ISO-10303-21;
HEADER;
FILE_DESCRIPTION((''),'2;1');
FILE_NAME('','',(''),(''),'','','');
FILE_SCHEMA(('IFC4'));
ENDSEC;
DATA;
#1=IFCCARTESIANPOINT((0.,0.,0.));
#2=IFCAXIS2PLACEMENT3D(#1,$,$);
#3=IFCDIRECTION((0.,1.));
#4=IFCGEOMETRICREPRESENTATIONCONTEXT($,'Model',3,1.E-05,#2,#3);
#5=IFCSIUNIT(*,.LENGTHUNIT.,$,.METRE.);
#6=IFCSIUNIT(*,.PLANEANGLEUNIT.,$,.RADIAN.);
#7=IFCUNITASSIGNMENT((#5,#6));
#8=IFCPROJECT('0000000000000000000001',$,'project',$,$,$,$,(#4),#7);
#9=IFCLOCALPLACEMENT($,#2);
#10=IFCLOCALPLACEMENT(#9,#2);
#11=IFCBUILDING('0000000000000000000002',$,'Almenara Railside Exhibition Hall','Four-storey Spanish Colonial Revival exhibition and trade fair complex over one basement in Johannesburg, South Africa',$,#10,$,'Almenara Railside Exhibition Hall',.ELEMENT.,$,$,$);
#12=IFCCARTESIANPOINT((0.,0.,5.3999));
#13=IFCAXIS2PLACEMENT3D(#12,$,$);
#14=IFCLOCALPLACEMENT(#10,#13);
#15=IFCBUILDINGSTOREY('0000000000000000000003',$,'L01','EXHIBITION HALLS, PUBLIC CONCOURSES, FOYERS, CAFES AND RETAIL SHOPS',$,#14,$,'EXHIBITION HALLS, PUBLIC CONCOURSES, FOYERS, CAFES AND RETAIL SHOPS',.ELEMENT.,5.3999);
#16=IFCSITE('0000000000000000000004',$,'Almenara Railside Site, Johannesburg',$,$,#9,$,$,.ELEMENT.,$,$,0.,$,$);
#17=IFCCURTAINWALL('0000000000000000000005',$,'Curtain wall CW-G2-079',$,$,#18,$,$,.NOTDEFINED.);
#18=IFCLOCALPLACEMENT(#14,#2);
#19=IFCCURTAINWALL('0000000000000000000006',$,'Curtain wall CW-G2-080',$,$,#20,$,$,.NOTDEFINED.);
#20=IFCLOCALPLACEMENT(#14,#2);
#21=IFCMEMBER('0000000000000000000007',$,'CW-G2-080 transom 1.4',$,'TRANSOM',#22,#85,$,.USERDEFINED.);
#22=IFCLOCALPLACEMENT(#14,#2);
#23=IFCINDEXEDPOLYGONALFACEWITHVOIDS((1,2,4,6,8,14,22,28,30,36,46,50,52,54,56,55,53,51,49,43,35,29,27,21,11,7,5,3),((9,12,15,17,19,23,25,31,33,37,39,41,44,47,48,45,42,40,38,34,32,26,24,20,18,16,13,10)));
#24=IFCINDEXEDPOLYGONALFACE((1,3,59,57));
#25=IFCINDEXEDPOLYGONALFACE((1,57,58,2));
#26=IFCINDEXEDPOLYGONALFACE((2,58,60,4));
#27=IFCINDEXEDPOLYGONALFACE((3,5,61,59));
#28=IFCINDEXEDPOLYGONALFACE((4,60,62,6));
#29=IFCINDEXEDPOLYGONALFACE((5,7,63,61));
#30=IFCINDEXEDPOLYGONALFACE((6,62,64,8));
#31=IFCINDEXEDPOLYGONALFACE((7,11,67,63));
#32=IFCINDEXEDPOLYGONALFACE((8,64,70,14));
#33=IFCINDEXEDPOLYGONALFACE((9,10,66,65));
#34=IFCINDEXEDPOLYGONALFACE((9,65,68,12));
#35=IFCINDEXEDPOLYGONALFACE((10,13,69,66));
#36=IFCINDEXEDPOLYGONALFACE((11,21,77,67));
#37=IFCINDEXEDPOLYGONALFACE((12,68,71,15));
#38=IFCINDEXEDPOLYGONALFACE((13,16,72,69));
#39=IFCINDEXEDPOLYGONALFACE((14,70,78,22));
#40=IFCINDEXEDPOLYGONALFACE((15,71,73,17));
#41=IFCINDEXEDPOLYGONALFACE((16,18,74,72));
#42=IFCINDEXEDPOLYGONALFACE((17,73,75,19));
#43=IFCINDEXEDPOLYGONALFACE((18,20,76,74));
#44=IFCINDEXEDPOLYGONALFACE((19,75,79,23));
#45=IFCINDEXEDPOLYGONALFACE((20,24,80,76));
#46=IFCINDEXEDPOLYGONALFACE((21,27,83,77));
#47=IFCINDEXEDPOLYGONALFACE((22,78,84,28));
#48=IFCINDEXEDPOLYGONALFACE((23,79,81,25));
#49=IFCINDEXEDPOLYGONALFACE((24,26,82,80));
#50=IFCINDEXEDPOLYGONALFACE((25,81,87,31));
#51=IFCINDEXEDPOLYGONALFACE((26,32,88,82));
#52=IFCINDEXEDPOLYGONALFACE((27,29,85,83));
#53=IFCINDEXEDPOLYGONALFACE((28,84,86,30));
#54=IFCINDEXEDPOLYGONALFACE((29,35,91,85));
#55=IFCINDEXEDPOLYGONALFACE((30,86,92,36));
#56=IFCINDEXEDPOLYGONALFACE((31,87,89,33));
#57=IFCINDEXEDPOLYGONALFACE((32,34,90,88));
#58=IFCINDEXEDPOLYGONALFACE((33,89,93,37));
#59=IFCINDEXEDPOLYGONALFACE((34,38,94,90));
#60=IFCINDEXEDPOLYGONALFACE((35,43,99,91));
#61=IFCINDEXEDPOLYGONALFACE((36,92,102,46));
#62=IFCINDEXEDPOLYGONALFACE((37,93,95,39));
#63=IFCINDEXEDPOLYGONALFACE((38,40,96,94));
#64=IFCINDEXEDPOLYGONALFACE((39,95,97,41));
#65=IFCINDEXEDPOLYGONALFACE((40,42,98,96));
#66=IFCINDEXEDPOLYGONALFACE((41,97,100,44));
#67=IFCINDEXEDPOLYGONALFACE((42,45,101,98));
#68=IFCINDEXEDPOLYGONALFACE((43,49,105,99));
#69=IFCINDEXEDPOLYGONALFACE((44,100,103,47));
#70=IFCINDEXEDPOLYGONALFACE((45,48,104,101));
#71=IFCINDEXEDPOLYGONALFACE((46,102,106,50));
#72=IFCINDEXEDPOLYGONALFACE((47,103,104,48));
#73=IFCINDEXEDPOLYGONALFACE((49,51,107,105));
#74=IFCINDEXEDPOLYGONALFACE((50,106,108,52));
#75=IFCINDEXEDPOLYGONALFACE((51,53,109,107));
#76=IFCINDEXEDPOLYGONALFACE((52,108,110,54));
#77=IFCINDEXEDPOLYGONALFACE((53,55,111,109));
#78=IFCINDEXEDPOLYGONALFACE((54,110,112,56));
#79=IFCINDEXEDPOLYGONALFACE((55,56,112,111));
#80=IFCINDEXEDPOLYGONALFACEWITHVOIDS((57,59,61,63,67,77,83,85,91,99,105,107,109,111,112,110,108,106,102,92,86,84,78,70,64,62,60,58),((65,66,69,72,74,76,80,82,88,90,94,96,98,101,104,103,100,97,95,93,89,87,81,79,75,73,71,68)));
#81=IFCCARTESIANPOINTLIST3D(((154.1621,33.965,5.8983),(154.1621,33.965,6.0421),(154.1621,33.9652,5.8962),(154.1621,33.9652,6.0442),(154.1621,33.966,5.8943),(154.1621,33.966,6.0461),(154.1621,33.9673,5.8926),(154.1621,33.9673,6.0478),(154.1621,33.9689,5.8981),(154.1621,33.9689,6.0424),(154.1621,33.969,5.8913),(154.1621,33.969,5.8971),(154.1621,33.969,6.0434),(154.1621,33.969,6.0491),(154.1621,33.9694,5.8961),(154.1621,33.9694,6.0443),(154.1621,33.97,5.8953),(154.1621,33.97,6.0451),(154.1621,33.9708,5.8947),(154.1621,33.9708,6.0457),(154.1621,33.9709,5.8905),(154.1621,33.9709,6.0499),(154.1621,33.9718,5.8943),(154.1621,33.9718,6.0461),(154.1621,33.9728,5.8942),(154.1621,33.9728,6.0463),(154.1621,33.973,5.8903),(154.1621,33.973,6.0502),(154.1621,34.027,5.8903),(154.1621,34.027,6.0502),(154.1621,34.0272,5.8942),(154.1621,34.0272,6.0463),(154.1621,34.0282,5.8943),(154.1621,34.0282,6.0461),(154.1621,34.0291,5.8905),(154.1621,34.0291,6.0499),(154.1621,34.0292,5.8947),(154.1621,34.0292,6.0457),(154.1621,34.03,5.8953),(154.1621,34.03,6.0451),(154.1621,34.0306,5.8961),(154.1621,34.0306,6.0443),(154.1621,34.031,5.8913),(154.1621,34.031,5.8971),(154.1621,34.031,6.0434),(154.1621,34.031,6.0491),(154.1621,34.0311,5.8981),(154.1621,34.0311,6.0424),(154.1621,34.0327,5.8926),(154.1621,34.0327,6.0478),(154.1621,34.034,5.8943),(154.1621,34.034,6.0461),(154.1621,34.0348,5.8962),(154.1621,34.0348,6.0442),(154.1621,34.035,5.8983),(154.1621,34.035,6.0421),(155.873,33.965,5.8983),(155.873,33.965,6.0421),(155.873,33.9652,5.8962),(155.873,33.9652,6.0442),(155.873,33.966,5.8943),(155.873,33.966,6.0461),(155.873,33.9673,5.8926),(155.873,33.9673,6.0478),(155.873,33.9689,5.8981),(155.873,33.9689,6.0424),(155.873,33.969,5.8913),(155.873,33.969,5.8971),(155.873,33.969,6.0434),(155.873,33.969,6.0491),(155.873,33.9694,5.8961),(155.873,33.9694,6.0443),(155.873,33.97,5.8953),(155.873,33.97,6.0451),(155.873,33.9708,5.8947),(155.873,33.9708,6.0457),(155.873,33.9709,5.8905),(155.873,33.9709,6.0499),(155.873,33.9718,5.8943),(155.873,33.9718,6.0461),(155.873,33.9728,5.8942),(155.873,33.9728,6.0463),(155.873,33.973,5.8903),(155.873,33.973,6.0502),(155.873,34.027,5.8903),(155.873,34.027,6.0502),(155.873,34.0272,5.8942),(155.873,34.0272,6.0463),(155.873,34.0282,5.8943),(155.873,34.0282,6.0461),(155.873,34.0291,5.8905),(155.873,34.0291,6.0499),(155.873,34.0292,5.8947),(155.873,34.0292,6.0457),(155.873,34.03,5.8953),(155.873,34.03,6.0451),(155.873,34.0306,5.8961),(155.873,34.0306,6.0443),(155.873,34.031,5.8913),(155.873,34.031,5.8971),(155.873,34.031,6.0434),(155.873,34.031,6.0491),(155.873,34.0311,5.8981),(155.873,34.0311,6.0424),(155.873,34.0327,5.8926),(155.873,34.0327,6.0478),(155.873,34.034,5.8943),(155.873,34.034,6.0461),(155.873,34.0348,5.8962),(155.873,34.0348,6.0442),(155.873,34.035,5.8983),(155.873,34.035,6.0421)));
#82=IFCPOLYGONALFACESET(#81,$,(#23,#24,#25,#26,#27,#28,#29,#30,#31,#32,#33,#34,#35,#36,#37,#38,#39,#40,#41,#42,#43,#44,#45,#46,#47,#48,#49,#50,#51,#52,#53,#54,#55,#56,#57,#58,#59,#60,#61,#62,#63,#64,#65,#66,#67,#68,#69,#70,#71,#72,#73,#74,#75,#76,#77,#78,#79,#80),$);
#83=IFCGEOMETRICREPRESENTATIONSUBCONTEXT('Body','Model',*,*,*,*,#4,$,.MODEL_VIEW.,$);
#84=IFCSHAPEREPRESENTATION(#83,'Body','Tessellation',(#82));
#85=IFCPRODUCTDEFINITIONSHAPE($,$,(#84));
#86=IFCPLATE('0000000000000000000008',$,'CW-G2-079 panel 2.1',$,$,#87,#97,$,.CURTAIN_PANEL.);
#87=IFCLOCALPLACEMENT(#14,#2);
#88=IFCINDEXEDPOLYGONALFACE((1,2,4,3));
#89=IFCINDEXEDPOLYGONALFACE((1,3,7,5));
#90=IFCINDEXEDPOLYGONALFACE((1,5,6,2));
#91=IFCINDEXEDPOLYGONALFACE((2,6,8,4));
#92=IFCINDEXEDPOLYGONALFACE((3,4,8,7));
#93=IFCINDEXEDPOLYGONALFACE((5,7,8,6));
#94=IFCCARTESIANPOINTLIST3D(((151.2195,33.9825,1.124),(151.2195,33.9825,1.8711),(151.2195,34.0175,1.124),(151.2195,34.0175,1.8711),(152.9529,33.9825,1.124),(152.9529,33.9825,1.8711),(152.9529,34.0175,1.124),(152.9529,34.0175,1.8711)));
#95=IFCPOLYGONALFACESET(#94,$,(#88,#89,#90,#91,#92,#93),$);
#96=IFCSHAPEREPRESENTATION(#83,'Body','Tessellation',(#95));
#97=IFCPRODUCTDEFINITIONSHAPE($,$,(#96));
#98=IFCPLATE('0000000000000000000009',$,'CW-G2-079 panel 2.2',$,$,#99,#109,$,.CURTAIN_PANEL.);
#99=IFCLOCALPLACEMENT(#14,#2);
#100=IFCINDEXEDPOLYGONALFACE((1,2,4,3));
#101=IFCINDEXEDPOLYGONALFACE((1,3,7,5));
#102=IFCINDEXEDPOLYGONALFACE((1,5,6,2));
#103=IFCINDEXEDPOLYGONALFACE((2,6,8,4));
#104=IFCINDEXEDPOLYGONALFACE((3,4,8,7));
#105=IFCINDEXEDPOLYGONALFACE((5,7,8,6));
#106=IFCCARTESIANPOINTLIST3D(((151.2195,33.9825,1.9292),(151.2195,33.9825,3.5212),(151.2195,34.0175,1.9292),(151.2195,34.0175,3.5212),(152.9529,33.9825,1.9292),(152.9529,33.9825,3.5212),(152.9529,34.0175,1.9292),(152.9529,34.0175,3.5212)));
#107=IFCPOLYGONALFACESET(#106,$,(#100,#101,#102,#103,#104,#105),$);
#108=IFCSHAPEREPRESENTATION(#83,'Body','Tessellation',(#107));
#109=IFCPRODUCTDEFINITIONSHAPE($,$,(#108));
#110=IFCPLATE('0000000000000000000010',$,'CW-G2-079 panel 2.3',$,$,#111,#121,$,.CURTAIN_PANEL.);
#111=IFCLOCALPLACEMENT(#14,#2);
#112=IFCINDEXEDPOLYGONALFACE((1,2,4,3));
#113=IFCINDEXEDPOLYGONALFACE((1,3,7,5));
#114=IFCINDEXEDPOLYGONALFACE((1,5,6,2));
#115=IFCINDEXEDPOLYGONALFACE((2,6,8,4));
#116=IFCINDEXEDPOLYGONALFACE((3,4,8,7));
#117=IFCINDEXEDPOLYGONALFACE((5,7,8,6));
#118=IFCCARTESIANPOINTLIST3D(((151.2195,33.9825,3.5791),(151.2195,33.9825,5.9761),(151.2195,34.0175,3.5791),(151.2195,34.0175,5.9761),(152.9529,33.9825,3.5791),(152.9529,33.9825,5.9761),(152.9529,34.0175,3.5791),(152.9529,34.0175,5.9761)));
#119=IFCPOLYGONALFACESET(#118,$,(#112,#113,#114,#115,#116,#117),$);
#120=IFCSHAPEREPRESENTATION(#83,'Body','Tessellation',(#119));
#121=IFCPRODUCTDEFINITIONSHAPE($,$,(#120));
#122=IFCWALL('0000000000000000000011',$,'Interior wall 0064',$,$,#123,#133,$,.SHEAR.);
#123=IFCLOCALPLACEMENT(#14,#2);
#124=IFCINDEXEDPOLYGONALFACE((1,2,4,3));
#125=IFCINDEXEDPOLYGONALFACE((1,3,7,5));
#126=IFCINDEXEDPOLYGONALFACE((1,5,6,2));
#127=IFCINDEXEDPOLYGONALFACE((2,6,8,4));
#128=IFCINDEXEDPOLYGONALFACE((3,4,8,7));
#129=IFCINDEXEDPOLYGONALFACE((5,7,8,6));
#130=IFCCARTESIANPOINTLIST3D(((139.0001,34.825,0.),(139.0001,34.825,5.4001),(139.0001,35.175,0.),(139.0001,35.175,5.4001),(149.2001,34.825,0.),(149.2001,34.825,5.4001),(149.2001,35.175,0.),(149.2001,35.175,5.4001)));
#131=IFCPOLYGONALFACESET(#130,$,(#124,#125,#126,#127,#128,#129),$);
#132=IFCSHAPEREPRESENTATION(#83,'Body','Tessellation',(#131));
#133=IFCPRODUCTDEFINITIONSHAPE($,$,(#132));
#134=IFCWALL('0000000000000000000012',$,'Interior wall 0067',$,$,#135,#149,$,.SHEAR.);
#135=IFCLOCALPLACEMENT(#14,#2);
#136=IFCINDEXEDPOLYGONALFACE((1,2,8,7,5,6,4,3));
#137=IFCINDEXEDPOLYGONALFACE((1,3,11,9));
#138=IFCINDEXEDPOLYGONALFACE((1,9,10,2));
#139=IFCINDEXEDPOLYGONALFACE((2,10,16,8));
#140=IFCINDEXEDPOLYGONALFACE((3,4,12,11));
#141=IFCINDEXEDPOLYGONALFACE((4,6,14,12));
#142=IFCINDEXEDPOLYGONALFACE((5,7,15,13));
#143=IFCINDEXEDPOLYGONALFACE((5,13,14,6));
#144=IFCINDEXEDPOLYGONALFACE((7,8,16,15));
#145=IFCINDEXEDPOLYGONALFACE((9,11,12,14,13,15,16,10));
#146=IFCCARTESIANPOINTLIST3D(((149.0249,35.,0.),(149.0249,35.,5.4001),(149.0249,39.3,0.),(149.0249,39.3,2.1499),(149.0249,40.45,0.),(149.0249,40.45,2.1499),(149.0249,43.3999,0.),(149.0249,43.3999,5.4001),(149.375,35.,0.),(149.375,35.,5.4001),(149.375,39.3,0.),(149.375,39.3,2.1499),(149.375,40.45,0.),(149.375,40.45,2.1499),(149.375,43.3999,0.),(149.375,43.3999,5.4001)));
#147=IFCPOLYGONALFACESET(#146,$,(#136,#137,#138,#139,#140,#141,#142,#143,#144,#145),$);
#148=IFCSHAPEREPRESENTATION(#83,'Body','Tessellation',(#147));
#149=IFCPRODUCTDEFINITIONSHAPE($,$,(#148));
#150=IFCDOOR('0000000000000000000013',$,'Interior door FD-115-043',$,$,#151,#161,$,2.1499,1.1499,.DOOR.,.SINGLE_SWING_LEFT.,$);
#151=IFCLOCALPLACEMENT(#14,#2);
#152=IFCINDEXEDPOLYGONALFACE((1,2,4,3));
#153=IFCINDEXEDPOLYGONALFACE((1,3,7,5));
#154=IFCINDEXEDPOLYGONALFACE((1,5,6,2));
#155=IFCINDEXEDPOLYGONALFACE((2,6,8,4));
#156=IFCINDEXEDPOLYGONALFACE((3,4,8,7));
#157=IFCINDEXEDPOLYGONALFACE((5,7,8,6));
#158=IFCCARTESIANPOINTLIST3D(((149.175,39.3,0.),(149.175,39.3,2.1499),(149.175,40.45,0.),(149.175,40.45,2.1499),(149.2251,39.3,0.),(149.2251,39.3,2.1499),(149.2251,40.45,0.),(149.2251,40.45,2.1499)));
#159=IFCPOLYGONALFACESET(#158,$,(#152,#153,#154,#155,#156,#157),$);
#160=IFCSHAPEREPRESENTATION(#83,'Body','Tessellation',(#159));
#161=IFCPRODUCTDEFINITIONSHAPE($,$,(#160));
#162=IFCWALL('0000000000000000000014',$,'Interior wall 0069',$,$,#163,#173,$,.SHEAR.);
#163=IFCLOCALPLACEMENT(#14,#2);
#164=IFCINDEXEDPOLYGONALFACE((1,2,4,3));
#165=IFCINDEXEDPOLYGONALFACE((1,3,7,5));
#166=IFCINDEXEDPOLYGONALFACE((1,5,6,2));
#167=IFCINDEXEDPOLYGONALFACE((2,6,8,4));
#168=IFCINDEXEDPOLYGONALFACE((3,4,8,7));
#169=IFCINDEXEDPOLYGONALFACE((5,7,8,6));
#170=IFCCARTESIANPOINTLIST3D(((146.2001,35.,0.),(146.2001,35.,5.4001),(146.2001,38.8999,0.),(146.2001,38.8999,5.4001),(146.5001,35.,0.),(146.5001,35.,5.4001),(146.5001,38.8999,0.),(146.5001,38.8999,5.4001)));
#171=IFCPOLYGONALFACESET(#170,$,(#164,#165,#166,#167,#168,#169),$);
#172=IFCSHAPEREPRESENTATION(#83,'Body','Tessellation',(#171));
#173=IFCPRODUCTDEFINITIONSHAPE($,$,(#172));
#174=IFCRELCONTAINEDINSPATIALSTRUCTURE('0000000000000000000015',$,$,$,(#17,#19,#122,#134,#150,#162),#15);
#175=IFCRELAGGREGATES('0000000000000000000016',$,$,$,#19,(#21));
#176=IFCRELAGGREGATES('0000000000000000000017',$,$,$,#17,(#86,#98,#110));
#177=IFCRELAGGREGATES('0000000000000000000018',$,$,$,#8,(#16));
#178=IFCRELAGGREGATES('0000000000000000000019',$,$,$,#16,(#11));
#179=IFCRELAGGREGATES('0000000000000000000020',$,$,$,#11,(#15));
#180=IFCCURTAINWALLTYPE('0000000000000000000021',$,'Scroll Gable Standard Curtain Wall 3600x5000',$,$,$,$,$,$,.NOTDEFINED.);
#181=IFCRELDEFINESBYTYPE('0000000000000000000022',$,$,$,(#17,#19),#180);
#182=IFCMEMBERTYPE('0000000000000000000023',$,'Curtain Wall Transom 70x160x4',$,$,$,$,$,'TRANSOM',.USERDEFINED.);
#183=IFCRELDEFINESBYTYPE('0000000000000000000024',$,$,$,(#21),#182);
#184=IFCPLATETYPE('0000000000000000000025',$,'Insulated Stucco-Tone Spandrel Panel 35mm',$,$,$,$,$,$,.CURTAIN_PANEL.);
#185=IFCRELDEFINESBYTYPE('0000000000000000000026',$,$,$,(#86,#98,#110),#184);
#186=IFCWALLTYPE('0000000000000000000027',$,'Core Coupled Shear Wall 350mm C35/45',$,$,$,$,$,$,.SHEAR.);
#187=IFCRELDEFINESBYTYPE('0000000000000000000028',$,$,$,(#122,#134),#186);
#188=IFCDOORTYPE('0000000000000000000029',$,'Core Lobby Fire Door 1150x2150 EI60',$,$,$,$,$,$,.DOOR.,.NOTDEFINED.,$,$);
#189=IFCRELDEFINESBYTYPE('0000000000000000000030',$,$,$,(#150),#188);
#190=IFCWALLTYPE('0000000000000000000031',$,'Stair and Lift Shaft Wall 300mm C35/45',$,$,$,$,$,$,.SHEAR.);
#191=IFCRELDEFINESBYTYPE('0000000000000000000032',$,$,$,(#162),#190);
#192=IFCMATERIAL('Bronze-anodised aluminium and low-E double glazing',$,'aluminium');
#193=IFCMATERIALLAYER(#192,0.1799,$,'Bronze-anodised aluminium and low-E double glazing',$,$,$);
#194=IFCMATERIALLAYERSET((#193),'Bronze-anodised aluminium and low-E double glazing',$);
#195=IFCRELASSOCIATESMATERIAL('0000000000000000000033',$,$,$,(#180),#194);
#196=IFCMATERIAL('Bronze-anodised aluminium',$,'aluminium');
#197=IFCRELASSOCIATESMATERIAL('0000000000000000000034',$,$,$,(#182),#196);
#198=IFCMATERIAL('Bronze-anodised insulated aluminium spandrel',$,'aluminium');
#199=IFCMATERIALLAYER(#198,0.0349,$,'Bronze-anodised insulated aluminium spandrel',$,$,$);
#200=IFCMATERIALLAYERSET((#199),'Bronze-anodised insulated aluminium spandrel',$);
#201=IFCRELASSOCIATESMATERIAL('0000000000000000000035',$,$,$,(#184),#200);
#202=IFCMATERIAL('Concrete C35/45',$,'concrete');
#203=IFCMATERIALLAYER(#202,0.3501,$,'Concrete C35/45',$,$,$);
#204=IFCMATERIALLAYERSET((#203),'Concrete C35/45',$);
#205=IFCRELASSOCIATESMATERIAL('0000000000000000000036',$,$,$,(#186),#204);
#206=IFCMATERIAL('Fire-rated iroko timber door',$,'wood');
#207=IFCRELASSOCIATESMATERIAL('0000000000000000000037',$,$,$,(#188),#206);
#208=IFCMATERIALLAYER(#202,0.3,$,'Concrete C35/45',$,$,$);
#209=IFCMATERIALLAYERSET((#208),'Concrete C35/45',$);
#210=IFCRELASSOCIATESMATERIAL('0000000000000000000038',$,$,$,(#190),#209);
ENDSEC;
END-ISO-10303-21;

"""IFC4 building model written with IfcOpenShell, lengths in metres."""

from ifc_helpers import new_model, si_unit, direction, frame, frame_2d, origin, origin_2d, place, context, subcontext, project, spatial, rectangle, hollow_rectangle, extrude, material, layer, layer_set, material_profile, profile_set, type_object, element, fill, aggregate, save


model = new_model("IFC4")

# Units and contexts
model_context = context("Model", 3, precision=1e-05, world=origin(), true_north=direction((0.0, 1.0)))
body_context = subcontext(model_context, "Body", "Model", "MODEL_VIEW")
ifc_project = project(units=[si_unit("LENGTHUNIT", "METRE"), si_unit("PLANEANGLEUNIT", "RADIAN")], contexts=[model_context])

# Site, building, storey
site_placement = place(None, origin())
site = spatial("IfcSite", under=ifc_project, at=site_placement, Name="Almenara Railside Site, Johannesburg", CompositionType="ELEMENT", RefElevation=0.0)
building_placement = place(site_placement, origin())
building = spatial("IfcBuilding", under=site, at=building_placement, Name="Almenara Railside Exhibition Hall", Description="Four-storey Spanish Colonial Revival exhibition and trade fair complex over one basement in Johannesburg, South Africa", LongName="Almenara Railside Exhibition Hall", CompositionType="ELEMENT")
storey_placement = place(building_placement, frame((0.0, 0.0, 5.3999)))
storey = spatial("IfcBuildingStorey", under=building, at=storey_placement, Name="L01", Description="EXHIBITION HALLS, PUBLIC CONCOURSES, FOYERS, CAFES AND RETAIL SHOPS", LongName="EXHIBITION HALLS, PUBLIC CONCOURSES, FOYERS, CAFES AND RETAIL SHOPS", CompositionType="ELEMENT", Elevation=5.3999)

# Curtain wall
ifc_material_1 = material(Name="Bronze-anodised aluminium and low-E double glazing", Category="aluminium")
ifc_layer_1 = layer(ifc_material_1, 0.1799, Name="Bronze-anodised aluminium and low-E double glazing")
ifc_layer_set_1 = layer_set([ifc_layer_1], Name="Bronze-anodised aluminium and low-E double glazing")
curtain_wall_type_1 = type_object("IfcCurtainWallType", Name="Scroll Gable Standard Curtain Wall 3600x5000", PredefinedType="NOTDEFINED", material=ifc_layer_set_1)
curtain_wall_1_placement = place(storey_placement, origin())
curtain_wall_1 = element("IfcCurtainWall", 1, at=curtain_wall_1_placement, inside=storey, type_object=curtain_wall_type_1, Name="Curtain wall CW-G2-079", PredefinedType="NOTDEFINED")
ifc_material_2 = material(Name="Bronze-anodised aluminium", Category="aluminium")

# Curtain wall
curtain_wall_2_placement = place(storey_placement, origin())
curtain_wall_2 = element("IfcCurtainWall", 2, at=curtain_wall_2_placement, inside=storey, type_object=curtain_wall_type_1, Name="Curtain wall CW-G2-080", PredefinedType="NOTDEFINED")

# Member
ifc_material_profile_1 = material_profile(ifc_material_2, hollow_rectangle(XDim=0.0701, YDim=0.1599, WallThickness=0.0039, InnerFilletRadius=0.0039, OuterFilletRadius=0.0081, at=origin_2d()), Name="ALU-TRN 70x160x4")
ifc_profile_set_1 = profile_set([ifc_material_profile_1], Name="Bronze-anodised aluminium")
member_type_1 = type_object("IfcMemberType", Name="Curtain Wall Transom 70x160x4", ElementType="TRANSOM", PredefinedType="USERDEFINED", material=ifc_profile_set_1)
member_1_placement = place(storey_placement, frame((154.1621, 34.0, 5.9702), z_axis=(1.0, 0.0, 0.0), x_axis=(0.0, 1.0, 0.0)))
member_1 = element("IfcMember", 3, at=member_1_placement, type_object=member_type_1, Name="CW-G2-080 transom 1.4", ObjectType="TRANSOM", PredefinedType="USERDEFINED", context=body_context, shape_type="SweptSolid", body=[
    extrude(hollow_rectangle(XDim=0.0701, YDim=0.1599, WallThickness=0.0039, InnerFilletRadius=0.0039, OuterFilletRadius=0.0081, at=origin_2d()), origin(), (0.0, 0.0, 1.0), 1.7109),
])
aggregate(curtain_wall_2, [member_1])

# Plates
ifc_material_3 = material(Name="Bronze-anodised insulated aluminium spandrel", Category="aluminium")
ifc_layer_2 = layer(ifc_material_3, 0.0349, Name="Bronze-anodised insulated aluminium spandrel")
ifc_layer_set_2 = layer_set([ifc_layer_2], Name="Bronze-anodised insulated aluminium spandrel")
plate_type = type_object("IfcPlateType", Name="Insulated Stucco-Tone Spandrel Panel 35mm", PredefinedType="CURTAIN_PANEL", material=ifc_layer_set_2)
plate_1_placement = place(storey_placement, frame((152.0862, 34.0, 1.124), z_axis=(0.0, 0.0, 1.0), x_axis=(1.0, 0.0, 0.0)))
plate_1 = element("IfcPlate", 4, at=plate_1_placement, type_object=plate_type, Name="CW-G2-079 panel 2.1", PredefinedType="CURTAIN_PANEL", context=body_context, shape_type="SweptSolid", body=[
    extrude(rectangle(XDim=1.7334, YDim=0.0349, at=origin_2d()), origin(), (0.0, 0.0, 1.0), 0.7471),
])
plate_2_placement = place(storey_placement, frame((152.0862, 34.0, 1.9292), z_axis=(0.0, 0.0, 1.0), x_axis=(1.0, 0.0, 0.0)))
plate_2 = element("IfcPlate", 5, at=plate_2_placement, type_object=plate_type, Name="CW-G2-079 panel 2.2", PredefinedType="CURTAIN_PANEL", context=body_context, shape_type="SweptSolid", body=[
    extrude(rectangle(XDim=1.7334, YDim=0.0349, at=origin_2d()), origin(), (0.0, 0.0, 1.0), 1.592),
])
plate_3_placement = place(storey_placement, frame((152.0862, 34.0, 3.5791), z_axis=(0.0, 0.0, 1.0), x_axis=(1.0, 0.0, 0.0)))
plate_3 = element("IfcPlate", 6, at=plate_3_placement, type_object=plate_type, Name="CW-G2-079 panel 2.3", PredefinedType="CURTAIN_PANEL", context=body_context, shape_type="SweptSolid", body=[
    extrude(rectangle(XDim=1.7334, YDim=0.0349, at=origin_2d()), origin(), (0.0, 0.0, 1.0), 2.397),
])
aggregate(curtain_wall_1, [plate_1, plate_2, plate_3])

# Wall
ifc_material_4 = material(Name="Concrete C35/45", Category="concrete")
ifc_layer_3 = layer(ifc_material_4, 0.3501, Name="Concrete C35/45")
ifc_layer_set_3 = layer_set([ifc_layer_3], Name="Concrete C35/45")
wall_type_1 = type_object("IfcWallType", Name="Core Coupled Shear Wall 350mm C35/45", PredefinedType="SHEAR", material=ifc_layer_set_3)
wall_1_placement = place(storey_placement, frame((139.0, 35.0, 0.0), z_axis=(0.0, 0.0, 1.0), x_axis=(1.0, 0.0, 0.0)))
element("IfcWall", 7, at=wall_1_placement, inside=storey, type_object=wall_type_1, Name="Interior wall 0064", PredefinedType="SHEAR", context=body_context, shape_type="SweptSolid", body=[
    extrude(rectangle(XDim=10.2, YDim=0.3501, at=frame_2d((5.1001, 0.0))), origin(), (0.0, 0.0, 1.0), 5.4001),
])

# Wall, opening, door
wall_2_placement = place(storey_placement, frame((149.2, 35.0, 0.0), z_axis=(0.0, 0.0, 1.0), x_axis=(0.0, 1.0, 0.0)))
wall_2 = element("IfcWall", 8, at=wall_2_placement, inside=storey, type_object=wall_type_1, Name="Interior wall 0067", PredefinedType="SHEAR", context=body_context, shape_type="SweptSolid", body=[
    extrude(rectangle(XDim=8.3999, YDim=0.3501, at=frame_2d((4.2, 0.0))), origin(), (0.0, 0.0, 1.0), 5.4001),
])
opening_placement = place(wall_2_placement, frame((4.3, 0.0, 0.0)))
opening = element("IfcOpeningElement", 9, at=opening_placement, cuts=wall_2, PredefinedType="OPENING", context=body_context, shape_type="SweptSolid", body=[
    extrude(rectangle(XDim=1.1499, YDim=2.1499, at=frame_2d((0.575, 1.075))), frame((0.0, 0.1851, 0.0), z_axis=(0.0, -1.0, 0.0), x_axis=(1.0, 0.0, 0.0)), (0.0, 0.0, 1.0), 0.3701),
])
ifc_material_5 = material(Name="Fire-rated iroko timber door", Category="wood")
door_type = type_object("IfcDoorType", Name="Core Lobby Fire Door 1150x2150 EI60", OperationType="NOTDEFINED", PredefinedType="DOOR", material=ifc_material_5)
door_placement = place(opening_placement, origin())
door = element("IfcDoor", 10, at=door_placement, inside=storey, type_object=door_type, Name="Interior door FD-115-043", OperationType="SINGLE_SWING_LEFT", OverallHeight=2.1499, OverallWidth=1.1499, PredefinedType="DOOR", context=body_context, shape_type="SweptSolid", body=[
    extrude(rectangle(XDim=1.1499, YDim=2.1499, at=frame_2d((0.575, 1.075))), frame((0.0, 0.0249, 0.0), z_axis=(0.0, -1.0, 0.0), x_axis=(1.0, 0.0, 0.0)), (0.0, 0.0, 1.0), 0.05),
])
fill(opening, door)

# Wall
ifc_layer_4 = layer(ifc_material_4, 0.3, Name="Concrete C35/45")
ifc_layer_set_4 = layer_set([ifc_layer_4], Name="Concrete C35/45")
wall_type_2 = type_object("IfcWallType", Name="Stair and Lift Shaft Wall 300mm C35/45", PredefinedType="SHEAR", material=ifc_layer_set_4)
wall_3_placement = place(storey_placement, frame((146.3501, 35.0, 0.0), z_axis=(0.0, 0.0, 1.0), x_axis=(0.0, 1.0, 0.0)))
element("IfcWall", 11, at=wall_3_placement, inside=storey, type_object=wall_type_2, Name="Interior wall 0069", PredefinedType="SHEAR", context=body_context, shape_type="SweptSolid", body=[
    extrude(rectangle(XDim=3.8999, YDim=0.3, at=frame_2d((1.95, 0.0))), origin(), (0.0, 0.0, 1.0), 5.4001),
])

save(model, "model.ifc")
